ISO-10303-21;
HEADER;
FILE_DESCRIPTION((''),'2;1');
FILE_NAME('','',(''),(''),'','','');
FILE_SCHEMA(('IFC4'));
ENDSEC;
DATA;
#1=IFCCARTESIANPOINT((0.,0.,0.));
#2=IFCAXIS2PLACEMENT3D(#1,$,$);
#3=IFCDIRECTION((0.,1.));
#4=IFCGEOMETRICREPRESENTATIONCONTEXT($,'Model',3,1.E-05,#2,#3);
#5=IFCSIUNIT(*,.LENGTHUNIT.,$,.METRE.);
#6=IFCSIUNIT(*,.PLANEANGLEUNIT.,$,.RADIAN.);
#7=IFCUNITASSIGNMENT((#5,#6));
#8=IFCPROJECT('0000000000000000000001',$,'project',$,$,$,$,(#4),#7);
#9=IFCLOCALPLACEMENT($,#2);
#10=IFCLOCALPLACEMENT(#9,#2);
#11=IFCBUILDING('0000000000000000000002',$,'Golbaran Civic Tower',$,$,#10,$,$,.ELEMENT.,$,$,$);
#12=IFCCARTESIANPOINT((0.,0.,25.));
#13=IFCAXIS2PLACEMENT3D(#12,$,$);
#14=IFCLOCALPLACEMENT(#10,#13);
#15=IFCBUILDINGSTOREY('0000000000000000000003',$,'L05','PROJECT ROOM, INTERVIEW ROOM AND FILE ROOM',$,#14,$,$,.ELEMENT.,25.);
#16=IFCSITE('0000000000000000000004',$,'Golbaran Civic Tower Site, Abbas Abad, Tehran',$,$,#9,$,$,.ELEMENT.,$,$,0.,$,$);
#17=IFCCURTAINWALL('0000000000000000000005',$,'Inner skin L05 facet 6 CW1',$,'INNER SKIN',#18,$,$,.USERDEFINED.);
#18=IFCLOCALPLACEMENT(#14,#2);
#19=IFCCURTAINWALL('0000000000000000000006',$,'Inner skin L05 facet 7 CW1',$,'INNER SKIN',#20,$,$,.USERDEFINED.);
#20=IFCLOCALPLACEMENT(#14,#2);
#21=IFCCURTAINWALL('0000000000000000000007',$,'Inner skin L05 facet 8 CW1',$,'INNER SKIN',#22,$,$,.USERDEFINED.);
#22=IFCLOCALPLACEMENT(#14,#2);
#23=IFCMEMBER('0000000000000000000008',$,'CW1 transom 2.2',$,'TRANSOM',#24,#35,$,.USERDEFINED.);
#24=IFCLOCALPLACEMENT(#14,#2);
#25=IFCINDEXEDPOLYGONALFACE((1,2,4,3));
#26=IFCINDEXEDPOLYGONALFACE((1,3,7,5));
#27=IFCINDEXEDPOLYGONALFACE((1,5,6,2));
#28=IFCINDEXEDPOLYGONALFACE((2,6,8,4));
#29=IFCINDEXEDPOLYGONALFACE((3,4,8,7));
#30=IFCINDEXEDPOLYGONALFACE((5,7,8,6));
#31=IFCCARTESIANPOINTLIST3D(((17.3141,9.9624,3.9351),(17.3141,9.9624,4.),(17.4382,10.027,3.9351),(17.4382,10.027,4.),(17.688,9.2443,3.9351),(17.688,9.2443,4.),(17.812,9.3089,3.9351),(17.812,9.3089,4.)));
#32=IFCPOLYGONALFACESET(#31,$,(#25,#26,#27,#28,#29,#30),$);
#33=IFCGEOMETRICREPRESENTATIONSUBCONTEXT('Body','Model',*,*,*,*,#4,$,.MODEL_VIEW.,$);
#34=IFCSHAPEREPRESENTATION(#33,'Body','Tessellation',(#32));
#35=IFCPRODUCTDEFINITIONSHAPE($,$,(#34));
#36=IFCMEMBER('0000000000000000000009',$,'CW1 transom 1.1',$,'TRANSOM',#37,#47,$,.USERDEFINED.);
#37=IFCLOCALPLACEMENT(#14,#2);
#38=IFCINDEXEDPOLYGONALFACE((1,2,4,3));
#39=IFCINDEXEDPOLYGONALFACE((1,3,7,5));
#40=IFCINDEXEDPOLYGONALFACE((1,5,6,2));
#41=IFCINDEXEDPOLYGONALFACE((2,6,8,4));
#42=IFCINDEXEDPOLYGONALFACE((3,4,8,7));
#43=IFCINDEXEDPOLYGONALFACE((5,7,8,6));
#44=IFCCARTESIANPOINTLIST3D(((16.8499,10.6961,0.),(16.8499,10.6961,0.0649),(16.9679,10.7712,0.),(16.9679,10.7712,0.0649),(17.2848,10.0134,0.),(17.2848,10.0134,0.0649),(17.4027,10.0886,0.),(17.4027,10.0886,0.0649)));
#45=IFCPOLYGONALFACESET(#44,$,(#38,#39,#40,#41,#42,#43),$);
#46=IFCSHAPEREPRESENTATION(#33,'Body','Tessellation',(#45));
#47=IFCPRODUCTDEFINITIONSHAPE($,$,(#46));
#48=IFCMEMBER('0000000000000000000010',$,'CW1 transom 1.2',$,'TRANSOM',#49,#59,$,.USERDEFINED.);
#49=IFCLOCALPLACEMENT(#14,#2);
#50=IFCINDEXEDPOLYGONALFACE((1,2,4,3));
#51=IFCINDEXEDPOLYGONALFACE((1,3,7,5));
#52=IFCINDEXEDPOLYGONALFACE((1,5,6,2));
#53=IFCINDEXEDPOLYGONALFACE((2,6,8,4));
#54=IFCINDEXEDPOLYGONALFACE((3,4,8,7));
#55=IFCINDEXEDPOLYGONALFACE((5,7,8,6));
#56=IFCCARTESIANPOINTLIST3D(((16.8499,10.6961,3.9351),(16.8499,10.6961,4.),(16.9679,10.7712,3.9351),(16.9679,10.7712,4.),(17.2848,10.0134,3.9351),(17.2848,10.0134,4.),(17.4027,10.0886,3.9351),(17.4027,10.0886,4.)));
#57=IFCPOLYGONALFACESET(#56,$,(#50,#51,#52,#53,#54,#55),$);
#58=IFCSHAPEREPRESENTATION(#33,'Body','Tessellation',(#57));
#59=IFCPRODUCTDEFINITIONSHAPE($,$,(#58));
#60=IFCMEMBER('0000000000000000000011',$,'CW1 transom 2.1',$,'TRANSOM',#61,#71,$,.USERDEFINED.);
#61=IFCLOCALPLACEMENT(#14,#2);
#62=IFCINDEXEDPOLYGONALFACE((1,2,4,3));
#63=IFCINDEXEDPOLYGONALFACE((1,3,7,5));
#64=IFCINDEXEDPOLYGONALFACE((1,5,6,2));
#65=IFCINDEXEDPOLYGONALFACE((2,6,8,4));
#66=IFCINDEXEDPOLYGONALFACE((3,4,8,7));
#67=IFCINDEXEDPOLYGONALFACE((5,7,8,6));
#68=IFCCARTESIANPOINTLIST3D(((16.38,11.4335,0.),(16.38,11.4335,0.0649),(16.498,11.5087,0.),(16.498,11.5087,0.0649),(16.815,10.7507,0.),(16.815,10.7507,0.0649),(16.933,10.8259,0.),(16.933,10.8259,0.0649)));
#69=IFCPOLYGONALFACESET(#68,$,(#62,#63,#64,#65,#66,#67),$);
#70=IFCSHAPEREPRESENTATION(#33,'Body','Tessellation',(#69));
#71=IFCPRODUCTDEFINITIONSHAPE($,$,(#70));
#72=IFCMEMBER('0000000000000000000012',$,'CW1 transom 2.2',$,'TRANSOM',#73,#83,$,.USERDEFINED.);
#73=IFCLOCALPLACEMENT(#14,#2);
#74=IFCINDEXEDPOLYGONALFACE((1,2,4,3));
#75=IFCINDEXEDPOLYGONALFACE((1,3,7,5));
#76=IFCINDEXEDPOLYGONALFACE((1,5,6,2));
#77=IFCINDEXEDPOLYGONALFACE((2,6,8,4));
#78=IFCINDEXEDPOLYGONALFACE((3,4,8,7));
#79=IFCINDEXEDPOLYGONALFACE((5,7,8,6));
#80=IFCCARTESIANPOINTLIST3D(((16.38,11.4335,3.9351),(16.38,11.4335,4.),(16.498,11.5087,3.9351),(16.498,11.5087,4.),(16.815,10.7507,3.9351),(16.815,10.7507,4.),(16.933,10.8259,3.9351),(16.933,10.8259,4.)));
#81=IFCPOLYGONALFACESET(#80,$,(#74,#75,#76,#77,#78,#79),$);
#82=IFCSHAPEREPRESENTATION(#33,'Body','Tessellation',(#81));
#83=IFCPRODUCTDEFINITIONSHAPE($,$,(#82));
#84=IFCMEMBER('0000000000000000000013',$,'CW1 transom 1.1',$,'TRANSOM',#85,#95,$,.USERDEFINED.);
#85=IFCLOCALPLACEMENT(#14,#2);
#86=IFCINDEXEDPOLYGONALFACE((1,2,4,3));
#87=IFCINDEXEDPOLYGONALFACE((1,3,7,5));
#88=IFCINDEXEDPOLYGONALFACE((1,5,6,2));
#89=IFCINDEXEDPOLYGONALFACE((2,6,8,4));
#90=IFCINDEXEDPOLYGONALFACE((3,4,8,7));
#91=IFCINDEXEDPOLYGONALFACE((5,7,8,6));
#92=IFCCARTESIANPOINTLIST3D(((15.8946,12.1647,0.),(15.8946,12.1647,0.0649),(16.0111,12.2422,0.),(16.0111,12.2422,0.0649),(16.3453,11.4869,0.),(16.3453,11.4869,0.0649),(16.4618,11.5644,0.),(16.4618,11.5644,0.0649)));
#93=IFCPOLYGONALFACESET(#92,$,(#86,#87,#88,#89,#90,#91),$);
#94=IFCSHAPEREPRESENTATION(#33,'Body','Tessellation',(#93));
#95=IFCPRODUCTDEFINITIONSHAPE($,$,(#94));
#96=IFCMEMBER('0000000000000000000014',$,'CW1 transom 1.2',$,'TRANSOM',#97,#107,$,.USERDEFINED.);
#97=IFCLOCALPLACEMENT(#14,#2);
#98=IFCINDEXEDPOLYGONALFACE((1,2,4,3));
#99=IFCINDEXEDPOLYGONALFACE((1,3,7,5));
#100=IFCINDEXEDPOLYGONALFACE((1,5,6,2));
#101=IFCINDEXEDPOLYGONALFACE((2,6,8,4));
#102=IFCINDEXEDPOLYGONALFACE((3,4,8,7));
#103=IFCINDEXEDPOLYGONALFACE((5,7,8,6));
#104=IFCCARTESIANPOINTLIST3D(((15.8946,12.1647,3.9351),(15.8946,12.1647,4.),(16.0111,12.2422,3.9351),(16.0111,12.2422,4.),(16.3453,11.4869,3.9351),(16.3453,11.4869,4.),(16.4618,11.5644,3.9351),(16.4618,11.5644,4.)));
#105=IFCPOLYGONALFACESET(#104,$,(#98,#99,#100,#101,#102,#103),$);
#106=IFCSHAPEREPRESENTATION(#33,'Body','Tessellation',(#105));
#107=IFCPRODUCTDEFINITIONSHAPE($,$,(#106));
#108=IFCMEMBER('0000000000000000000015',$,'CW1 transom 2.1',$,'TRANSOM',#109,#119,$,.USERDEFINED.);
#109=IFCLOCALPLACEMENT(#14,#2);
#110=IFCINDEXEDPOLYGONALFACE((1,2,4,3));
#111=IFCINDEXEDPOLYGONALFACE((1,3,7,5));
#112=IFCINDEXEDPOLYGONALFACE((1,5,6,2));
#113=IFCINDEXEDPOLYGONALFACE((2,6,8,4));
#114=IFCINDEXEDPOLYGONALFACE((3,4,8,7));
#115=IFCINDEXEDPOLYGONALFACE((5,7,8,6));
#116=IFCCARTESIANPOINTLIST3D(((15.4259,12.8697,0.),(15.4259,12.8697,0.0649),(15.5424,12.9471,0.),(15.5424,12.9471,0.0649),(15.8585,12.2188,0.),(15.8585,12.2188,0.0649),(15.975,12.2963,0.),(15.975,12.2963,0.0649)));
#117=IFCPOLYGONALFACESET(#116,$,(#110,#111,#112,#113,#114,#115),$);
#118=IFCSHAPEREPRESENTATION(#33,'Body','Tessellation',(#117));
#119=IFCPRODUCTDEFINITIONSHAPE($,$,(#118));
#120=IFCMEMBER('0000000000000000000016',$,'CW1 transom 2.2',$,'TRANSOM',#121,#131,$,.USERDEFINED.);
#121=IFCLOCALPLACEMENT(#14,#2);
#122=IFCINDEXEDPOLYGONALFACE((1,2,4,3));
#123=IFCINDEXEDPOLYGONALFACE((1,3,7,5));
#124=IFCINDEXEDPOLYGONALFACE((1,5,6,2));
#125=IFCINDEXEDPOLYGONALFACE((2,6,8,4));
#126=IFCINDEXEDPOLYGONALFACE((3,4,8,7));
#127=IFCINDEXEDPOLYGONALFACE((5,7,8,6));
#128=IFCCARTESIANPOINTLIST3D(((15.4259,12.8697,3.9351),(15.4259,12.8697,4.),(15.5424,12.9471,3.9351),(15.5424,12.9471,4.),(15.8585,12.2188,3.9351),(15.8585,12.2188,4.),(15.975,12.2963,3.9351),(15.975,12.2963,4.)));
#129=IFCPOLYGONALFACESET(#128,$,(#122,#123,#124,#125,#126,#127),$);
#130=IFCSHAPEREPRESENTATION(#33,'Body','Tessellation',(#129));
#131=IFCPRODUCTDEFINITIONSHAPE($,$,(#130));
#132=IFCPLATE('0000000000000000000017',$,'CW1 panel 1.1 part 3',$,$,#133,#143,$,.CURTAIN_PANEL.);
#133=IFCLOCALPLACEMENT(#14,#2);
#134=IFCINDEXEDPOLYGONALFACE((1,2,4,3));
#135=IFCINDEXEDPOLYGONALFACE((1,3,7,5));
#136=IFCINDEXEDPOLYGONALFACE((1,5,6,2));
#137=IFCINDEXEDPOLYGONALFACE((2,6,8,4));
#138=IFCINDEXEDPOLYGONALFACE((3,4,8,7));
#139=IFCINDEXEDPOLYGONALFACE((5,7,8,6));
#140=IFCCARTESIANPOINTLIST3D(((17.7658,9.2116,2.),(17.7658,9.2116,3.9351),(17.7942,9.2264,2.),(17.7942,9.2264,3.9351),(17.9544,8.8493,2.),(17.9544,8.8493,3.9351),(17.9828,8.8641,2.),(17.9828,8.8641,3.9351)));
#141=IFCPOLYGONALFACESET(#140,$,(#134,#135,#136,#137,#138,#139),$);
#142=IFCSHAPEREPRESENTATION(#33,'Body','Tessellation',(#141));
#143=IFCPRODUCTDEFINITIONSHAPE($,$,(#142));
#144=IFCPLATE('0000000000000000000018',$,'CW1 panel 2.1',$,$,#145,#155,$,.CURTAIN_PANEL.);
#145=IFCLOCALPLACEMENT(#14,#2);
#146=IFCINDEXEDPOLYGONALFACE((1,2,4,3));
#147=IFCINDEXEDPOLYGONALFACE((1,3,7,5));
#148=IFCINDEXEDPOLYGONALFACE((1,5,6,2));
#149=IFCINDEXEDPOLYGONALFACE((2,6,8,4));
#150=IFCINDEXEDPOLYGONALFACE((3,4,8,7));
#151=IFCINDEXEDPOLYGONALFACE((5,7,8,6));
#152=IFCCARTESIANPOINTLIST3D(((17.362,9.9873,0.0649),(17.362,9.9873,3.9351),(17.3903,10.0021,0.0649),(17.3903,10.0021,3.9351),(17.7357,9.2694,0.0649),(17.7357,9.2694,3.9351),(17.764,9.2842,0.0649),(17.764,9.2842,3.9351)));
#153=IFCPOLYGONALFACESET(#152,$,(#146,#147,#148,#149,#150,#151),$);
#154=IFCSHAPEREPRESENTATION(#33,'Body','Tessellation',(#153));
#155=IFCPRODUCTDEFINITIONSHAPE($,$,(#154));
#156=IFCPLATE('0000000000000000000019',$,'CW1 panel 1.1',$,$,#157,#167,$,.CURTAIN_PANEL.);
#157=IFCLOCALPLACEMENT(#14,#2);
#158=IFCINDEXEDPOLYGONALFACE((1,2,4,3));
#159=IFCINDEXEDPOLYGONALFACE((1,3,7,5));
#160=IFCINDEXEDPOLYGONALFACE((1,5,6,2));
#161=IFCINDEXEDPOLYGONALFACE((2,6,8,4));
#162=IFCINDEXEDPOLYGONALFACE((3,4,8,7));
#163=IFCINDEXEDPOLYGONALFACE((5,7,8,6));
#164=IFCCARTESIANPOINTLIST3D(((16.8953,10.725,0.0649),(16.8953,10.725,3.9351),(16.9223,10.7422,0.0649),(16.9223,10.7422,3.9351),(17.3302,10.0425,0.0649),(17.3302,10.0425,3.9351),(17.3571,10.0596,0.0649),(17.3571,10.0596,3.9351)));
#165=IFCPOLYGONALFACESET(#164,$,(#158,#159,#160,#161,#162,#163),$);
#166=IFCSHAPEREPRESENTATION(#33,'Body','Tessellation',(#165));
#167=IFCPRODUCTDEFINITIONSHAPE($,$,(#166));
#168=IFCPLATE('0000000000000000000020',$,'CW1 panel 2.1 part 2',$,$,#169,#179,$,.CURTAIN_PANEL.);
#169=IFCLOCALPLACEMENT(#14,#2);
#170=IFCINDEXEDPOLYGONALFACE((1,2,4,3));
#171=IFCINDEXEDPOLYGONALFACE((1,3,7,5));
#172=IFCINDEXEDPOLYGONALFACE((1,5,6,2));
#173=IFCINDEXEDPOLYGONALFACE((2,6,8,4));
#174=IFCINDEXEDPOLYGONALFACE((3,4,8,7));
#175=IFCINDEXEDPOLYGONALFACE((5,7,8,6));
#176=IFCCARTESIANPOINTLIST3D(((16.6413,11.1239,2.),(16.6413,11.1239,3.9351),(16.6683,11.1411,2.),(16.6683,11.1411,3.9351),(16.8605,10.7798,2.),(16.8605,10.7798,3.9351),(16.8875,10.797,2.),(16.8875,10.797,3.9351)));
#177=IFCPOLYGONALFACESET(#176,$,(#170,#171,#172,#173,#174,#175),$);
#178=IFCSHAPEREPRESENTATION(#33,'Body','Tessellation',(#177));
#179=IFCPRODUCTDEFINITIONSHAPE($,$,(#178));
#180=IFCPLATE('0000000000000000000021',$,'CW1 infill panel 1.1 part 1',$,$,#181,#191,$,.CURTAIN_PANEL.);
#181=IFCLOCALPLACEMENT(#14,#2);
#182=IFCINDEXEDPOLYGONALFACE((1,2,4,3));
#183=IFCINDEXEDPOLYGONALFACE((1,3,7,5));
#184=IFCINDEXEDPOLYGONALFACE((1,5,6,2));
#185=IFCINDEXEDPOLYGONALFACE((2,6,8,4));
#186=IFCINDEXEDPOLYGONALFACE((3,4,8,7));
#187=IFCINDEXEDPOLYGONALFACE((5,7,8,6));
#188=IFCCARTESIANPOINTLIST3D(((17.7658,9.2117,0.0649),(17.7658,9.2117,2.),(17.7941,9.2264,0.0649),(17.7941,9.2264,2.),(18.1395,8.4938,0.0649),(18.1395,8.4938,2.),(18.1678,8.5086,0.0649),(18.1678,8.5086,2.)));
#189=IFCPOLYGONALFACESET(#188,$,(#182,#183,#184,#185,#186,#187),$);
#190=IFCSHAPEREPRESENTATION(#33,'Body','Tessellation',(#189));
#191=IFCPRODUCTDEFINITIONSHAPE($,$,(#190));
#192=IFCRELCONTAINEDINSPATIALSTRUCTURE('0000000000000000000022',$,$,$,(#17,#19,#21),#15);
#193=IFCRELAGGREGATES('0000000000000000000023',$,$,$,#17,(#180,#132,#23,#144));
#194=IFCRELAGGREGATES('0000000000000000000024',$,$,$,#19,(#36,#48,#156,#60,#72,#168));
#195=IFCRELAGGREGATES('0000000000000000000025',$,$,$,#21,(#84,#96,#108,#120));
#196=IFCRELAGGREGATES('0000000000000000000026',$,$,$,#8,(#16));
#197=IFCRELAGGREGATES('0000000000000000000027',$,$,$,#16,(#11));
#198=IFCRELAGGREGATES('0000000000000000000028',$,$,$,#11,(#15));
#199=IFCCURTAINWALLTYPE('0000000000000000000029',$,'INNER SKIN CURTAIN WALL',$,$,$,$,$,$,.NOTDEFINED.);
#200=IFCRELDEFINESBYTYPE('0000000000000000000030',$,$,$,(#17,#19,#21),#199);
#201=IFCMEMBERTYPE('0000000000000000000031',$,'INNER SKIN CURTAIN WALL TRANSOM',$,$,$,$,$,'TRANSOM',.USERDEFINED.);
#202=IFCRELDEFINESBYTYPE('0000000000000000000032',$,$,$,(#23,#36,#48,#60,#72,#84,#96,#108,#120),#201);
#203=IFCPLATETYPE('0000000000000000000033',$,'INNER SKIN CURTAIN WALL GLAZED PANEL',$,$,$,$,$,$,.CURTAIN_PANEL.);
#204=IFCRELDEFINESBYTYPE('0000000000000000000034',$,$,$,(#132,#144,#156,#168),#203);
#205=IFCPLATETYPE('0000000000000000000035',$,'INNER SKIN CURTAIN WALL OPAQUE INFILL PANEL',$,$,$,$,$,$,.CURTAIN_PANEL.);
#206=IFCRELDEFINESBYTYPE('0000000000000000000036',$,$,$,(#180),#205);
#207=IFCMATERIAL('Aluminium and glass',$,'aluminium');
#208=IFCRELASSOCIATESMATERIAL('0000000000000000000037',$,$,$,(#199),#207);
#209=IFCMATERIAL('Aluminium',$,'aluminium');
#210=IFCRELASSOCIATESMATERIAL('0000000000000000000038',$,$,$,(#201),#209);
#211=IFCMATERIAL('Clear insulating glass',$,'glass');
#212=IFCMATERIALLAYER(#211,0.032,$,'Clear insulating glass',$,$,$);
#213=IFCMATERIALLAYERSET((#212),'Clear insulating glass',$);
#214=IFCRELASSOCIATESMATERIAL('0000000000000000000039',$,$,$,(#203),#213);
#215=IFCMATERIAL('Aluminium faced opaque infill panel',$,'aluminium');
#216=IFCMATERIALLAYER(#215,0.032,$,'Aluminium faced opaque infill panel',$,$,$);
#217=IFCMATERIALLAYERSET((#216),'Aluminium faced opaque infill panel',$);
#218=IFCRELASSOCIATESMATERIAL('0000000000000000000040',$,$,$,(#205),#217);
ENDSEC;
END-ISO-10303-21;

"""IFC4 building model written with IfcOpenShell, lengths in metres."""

from ifc_helpers import new_model, si_unit, direction, frame, origin, origin_2d, place, context, subcontext, project, spatial, rectangle, extrude, material, layer, layer_set, material_profile, profile_set, type_object, element, aggregate, save


model = new_model("IFC4")

# Units and contexts
model_context = context("Model", 3, precision=1e-05, world=origin(), true_north=direction((0.0, 1.0)))
body_context = subcontext(model_context, "Body", "Model", "MODEL_VIEW")
ifc_project = project(units=[si_unit("LENGTHUNIT", "METRE"), si_unit("PLANEANGLEUNIT", "RADIAN")], contexts=[model_context])

# Site, building, storey
site_placement = place(None, origin())
site = spatial("IfcSite", under=ifc_project, at=site_placement, Name="Golbaran Civic Tower Site, Abbas Abad, Tehran", CompositionType="ELEMENT", RefElevation=0.0)
building_placement = place(site_placement, origin())
building = spatial("IfcBuilding", under=site, at=building_placement, Name="Golbaran Civic Tower", CompositionType="ELEMENT")
storey_placement = place(building_placement, frame((0.0, 0.0, 25.0)))
storey = spatial("IfcBuildingStorey", under=building, at=storey_placement, Name="L05", Description="PROJECT ROOM, INTERVIEW ROOM AND FILE ROOM", CompositionType="ELEMENT", Elevation=25.0)

# Curtain walls
ifc_material_1 = material(Name="Aluminium and glass", Category="aluminium")
curtain_wall_type = type_object("IfcCurtainWallType", Name="INNER SKIN CURTAIN WALL", PredefinedType="NOTDEFINED", material=ifc_material_1)
curtain_wall_1_placement = place(storey_placement, origin())
curtain_wall_1 = element("IfcCurtainWall", 1, at=curtain_wall_1_placement, inside=storey, type_object=curtain_wall_type, Name="Inner skin L05 facet 6 CW1", ObjectType="INNER SKIN", PredefinedType="USERDEFINED")
ifc_material_2 = material(Name="Aluminium", Category="aluminium")
curtain_wall_2_placement = place(storey_placement, origin())
curtain_wall_2 = element("IfcCurtainWall", 2, at=curtain_wall_2_placement, inside=storey, type_object=curtain_wall_type, Name="Inner skin L05 facet 7 CW1", ObjectType="INNER SKIN", PredefinedType="USERDEFINED")

# Curtain wall
curtain_wall_3_placement = place(storey_placement, origin())
curtain_wall_3 = element("IfcCurtainWall", 3, at=curtain_wall_3_placement, inside=storey, type_object=curtain_wall_type, Name="Inner skin L05 facet 8 CW1", ObjectType="INNER SKIN", PredefinedType="USERDEFINED")

# Members
ifc_material_profile_1 = material_profile(ifc_material_2, rectangle(XDim=0.1399, YDim=0.0649, at=origin_2d()), Name="INNER SKIN CURTAIN WALL TRANSOM")
ifc_profile_set_1 = profile_set([ifc_material_profile_1], Name="Aluminium")
member_type_1 = type_object("IfcMemberType", Name="INNER SKIN CURTAIN WALL TRANSOM", ElementType="TRANSOM", PredefinedType="USERDEFINED", material=ifc_profile_set_1)
member_1_placement = place(storey_placement, frame((17.75, 9.2766, 3.9675), z_axis=(-0.461752, 0.887009, 0.0), x_axis=(-0.887009, -0.461752, 0.0)))
member_1 = element("IfcMember", 4, at=member_1_placement, type_object=member_type_1, Name="CW1 transom 2.2", ObjectType="TRANSOM", PredefinedType="USERDEFINED", context=body_context, shape_type="SweptSolid", body=[
    extrude(rectangle(XDim=0.1399, YDim=0.0649, at=origin_2d()), origin(), (0.0, 0.0, 1.0), 0.8096),
])
member_2_placement = place(storey_placement, frame((17.3438, 10.051, 0.0325), z_axis=(-0.537246, 0.843425, 0.0), x_axis=(-0.843425, -0.537246, 0.0)))
member_2 = element("IfcMember", 5, at=member_2_placement, type_object=member_type_1, Name="CW1 transom 1.1", ObjectType="TRANSOM", PredefinedType="USERDEFINED", context=body_context, shape_type="SweptSolid", body=[
    extrude(rectangle(XDim=0.1399, YDim=0.0649, at=origin_2d()), origin(), (0.0, 0.0, 1.0), 0.8093),
])
member_3_placement = place(storey_placement, frame((17.3438, 10.051, 3.9675), z_axis=(-0.537246, 0.843425, 0.0), x_axis=(-0.843425, -0.537246, 0.0)))
member_3 = element("IfcMember", 6, at=member_3_placement, type_object=member_type_1, Name="CW1 transom 1.2", ObjectType="TRANSOM", PredefinedType="USERDEFINED", context=body_context, shape_type="SweptSolid", body=[
    extrude(rectangle(XDim=0.1399, YDim=0.0649, at=origin_2d()), origin(), (0.0, 0.0, 1.0), 0.8093),
])
member_4_placement = place(storey_placement, frame((16.874, 10.7883, 0.0325), z_axis=(-0.537324, 0.843376, 0.0), x_axis=(-0.843376, -0.537324, 0.0)))
member_4 = element("IfcMember", 7, at=member_4_placement, type_object=member_type_1, Name="CW1 transom 2.1", ObjectType="TRANSOM", PredefinedType="USERDEFINED", context=body_context, shape_type="SweptSolid", body=[
    extrude(rectangle(XDim=0.1399, YDim=0.0649, at=origin_2d()), origin(), (0.0, 0.0, 1.0), 0.8096),
])
member_5_placement = place(storey_placement, frame((16.874, 10.7883, 3.9675), z_axis=(-0.537324, 0.843376, 0.0), x_axis=(-0.843376, -0.537324, 0.0)))
member_5 = element("IfcMember", 8, at=member_5_placement, type_object=member_type_1, Name="CW1 transom 2.2", ObjectType="TRANSOM", PredefinedType="USERDEFINED", context=body_context, shape_type="SweptSolid", body=[
    extrude(rectangle(XDim=0.1399, YDim=0.0649, at=origin_2d()), origin(), (0.0, 0.0, 1.0), 0.8096),
])
member_6_placement = place(storey_placement, frame((16.4036, 11.5256, 0.0325), z_axis=(-0.553731, 0.832696, 0.0), x_axis=(-0.832696, -0.553731, 0.0)))
member_6 = element("IfcMember", 9, at=member_6_placement, type_object=member_type_1, Name="CW1 transom 1.1", ObjectType="TRANSOM", PredefinedType="USERDEFINED", context=body_context, shape_type="SweptSolid", body=[
    extrude(rectangle(XDim=0.1399, YDim=0.0649, at=origin_2d()), origin(), (0.0, 0.0, 1.0), 0.814),
])
member_7_placement = place(storey_placement, frame((16.4036, 11.5256, 3.9675), z_axis=(-0.553731, 0.832696, 0.0), x_axis=(-0.832696, -0.553731, 0.0)))
member_7 = element("IfcMember", 10, at=member_7_placement, type_object=member_type_1, Name="CW1 transom 1.2", ObjectType="TRANSOM", PredefinedType="USERDEFINED", context=body_context, shape_type="SweptSolid", body=[
    extrude(rectangle(XDim=0.1399, YDim=0.0649, at=origin_2d()), origin(), (0.0, 0.0, 1.0), 0.814),
])
member_8_placement = place(storey_placement, frame((15.9167, 12.2576, 0.0325), z_axis=(-0.553546, 0.832818, 0.0), x_axis=(-0.832818, -0.553546, 0.0)))
member_8 = element("IfcMember", 11, at=member_8_placement, type_object=member_type_1, Name="CW1 transom 2.1", ObjectType="TRANSOM", PredefinedType="USERDEFINED", context=body_context, shape_type="SweptSolid", body=[
    extrude(rectangle(XDim=0.1399, YDim=0.0649, at=origin_2d()), origin(), (0.0, 0.0, 1.0), 0.7815),
])
member_9_placement = place(storey_placement, frame((15.9167, 12.2576, 3.9675), z_axis=(-0.553546, 0.832818, 0.0), x_axis=(-0.832818, -0.553546, 0.0)))
member_9 = element("IfcMember", 12, at=member_9_placement, type_object=member_type_1, Name="CW1 transom 2.2", ObjectType="TRANSOM", PredefinedType="USERDEFINED", context=body_context, shape_type="SweptSolid", body=[
    extrude(rectangle(XDim=0.1399, YDim=0.0649, at=origin_2d()), origin(), (0.0, 0.0, 1.0), 0.7815),
])

# Plates
ifc_material_3 = material(Name="Clear insulating glass", Category="glass")
ifc_layer_1 = layer(ifc_material_3, 0.032, Name="Clear insulating glass")
ifc_layer_set_1 = layer_set([ifc_layer_1], Name="Clear insulating glass")
plate_type_1 = type_object("IfcPlateType", Name="INNER SKIN CURTAIN WALL GLAZED PANEL", PredefinedType="CURTAIN_PANEL", material=ifc_layer_set_1)
plate_1_placement = place(storey_placement, frame((17.8743, 9.0378, 2.0), z_axis=(0.0, 0.0, 1.0), x_axis=(-0.461749, 0.887011, 0.0)))
plate_1 = element("IfcPlate", 13, at=plate_1_placement, type_object=plate_type_1, Name="CW1 panel 1.1 part 3", PredefinedType="CURTAIN_PANEL", context=body_context, shape_type="SweptSolid", body=[
    extrude(rectangle(XDim=0.4084, YDim=0.032, at=origin_2d()), origin(), (0.0, 0.0, 1.0), 1.9351),
])
plate_2_placement = place(storey_placement, frame((17.563, 9.6357, 0.0649), z_axis=(0.0, 0.0, 1.0), x_axis=(-0.461749, 0.887011, 0.0)))
plate_2 = element("IfcPlate", 14, at=plate_2_placement, type_object=plate_type_1, Name="CW1 panel 2.1", PredefinedType="CURTAIN_PANEL", context=body_context, shape_type="SweptSolid", body=[
    extrude(rectangle(XDim=0.8093, YDim=0.032, at=origin_2d()), origin(), (0.0, 0.0, 1.0), 3.8701),
])
plate_3_placement = place(storey_placement, frame((17.1262, 10.3923, 0.0649), z_axis=(0.0, 0.0, 1.0), x_axis=(-0.5373, 0.843391, 0.0)))
plate_3 = element("IfcPlate", 15, at=plate_3_placement, type_object=plate_type_1, Name="CW1 panel 1.1", PredefinedType="CURTAIN_PANEL", context=body_context, shape_type="SweptSolid", body=[
    extrude(rectangle(XDim=0.8093, YDim=0.032, at=origin_2d()), origin(), (0.0, 0.0, 1.0), 3.8701),
])
plate_4_placement = place(storey_placement, frame((16.7644, 10.9604, 2.0), z_axis=(0.0, 0.0, 1.0), x_axis=(-0.5373, 0.843391, 0.0)))
plate_4 = element("IfcPlate", 16, at=plate_4_placement, type_object=plate_type_1, Name="CW1 panel 2.1 part 2", PredefinedType="CURTAIN_PANEL", context=body_context, shape_type="SweptSolid", body=[
    extrude(rectangle(XDim=0.408, YDim=0.032, at=origin_2d()), origin(), (0.0, 0.0, 1.0), 1.9351),
])
ifc_material_4 = material(Name="Aluminium faced opaque infill panel", Category="aluminium")
ifc_layer_2 = layer(ifc_material_4, 0.032, Name="Aluminium faced opaque infill panel")
ifc_layer_set_2 = layer_set([ifc_layer_2], Name="Aluminium faced opaque infill panel")
plate_type_2 = type_object("IfcPlateType", Name="INNER SKIN CURTAIN WALL OPAQUE INFILL PANEL", PredefinedType="CURTAIN_PANEL", material=ifc_layer_set_2)
plate_5_placement = place(storey_placement, frame((17.9668, 8.8601, 0.0649), z_axis=(0.0, 0.0, 1.0), x_axis=(-0.461749, 0.887011, 0.0)))
plate_5 = element("IfcPlate", 17, at=plate_5_placement, type_object=plate_type_2, Name="CW1 infill panel 1.1 part 1", PredefinedType="CURTAIN_PANEL", context=body_context, shape_type="SweptSolid", body=[
    extrude(rectangle(XDim=0.8093, YDim=0.032, at=origin_2d()), origin(), (0.0, 0.0, 1.0), 1.9351),
])
aggregate(curtain_wall_1, [plate_5, plate_1, member_1, plate_2])
aggregate(curtain_wall_2, [member_2, member_3, plate_3, member_4, member_5, plate_4])
aggregate(curtain_wall_3, [member_6, member_7, member_8, member_9])

save(model, "model.ifc")
